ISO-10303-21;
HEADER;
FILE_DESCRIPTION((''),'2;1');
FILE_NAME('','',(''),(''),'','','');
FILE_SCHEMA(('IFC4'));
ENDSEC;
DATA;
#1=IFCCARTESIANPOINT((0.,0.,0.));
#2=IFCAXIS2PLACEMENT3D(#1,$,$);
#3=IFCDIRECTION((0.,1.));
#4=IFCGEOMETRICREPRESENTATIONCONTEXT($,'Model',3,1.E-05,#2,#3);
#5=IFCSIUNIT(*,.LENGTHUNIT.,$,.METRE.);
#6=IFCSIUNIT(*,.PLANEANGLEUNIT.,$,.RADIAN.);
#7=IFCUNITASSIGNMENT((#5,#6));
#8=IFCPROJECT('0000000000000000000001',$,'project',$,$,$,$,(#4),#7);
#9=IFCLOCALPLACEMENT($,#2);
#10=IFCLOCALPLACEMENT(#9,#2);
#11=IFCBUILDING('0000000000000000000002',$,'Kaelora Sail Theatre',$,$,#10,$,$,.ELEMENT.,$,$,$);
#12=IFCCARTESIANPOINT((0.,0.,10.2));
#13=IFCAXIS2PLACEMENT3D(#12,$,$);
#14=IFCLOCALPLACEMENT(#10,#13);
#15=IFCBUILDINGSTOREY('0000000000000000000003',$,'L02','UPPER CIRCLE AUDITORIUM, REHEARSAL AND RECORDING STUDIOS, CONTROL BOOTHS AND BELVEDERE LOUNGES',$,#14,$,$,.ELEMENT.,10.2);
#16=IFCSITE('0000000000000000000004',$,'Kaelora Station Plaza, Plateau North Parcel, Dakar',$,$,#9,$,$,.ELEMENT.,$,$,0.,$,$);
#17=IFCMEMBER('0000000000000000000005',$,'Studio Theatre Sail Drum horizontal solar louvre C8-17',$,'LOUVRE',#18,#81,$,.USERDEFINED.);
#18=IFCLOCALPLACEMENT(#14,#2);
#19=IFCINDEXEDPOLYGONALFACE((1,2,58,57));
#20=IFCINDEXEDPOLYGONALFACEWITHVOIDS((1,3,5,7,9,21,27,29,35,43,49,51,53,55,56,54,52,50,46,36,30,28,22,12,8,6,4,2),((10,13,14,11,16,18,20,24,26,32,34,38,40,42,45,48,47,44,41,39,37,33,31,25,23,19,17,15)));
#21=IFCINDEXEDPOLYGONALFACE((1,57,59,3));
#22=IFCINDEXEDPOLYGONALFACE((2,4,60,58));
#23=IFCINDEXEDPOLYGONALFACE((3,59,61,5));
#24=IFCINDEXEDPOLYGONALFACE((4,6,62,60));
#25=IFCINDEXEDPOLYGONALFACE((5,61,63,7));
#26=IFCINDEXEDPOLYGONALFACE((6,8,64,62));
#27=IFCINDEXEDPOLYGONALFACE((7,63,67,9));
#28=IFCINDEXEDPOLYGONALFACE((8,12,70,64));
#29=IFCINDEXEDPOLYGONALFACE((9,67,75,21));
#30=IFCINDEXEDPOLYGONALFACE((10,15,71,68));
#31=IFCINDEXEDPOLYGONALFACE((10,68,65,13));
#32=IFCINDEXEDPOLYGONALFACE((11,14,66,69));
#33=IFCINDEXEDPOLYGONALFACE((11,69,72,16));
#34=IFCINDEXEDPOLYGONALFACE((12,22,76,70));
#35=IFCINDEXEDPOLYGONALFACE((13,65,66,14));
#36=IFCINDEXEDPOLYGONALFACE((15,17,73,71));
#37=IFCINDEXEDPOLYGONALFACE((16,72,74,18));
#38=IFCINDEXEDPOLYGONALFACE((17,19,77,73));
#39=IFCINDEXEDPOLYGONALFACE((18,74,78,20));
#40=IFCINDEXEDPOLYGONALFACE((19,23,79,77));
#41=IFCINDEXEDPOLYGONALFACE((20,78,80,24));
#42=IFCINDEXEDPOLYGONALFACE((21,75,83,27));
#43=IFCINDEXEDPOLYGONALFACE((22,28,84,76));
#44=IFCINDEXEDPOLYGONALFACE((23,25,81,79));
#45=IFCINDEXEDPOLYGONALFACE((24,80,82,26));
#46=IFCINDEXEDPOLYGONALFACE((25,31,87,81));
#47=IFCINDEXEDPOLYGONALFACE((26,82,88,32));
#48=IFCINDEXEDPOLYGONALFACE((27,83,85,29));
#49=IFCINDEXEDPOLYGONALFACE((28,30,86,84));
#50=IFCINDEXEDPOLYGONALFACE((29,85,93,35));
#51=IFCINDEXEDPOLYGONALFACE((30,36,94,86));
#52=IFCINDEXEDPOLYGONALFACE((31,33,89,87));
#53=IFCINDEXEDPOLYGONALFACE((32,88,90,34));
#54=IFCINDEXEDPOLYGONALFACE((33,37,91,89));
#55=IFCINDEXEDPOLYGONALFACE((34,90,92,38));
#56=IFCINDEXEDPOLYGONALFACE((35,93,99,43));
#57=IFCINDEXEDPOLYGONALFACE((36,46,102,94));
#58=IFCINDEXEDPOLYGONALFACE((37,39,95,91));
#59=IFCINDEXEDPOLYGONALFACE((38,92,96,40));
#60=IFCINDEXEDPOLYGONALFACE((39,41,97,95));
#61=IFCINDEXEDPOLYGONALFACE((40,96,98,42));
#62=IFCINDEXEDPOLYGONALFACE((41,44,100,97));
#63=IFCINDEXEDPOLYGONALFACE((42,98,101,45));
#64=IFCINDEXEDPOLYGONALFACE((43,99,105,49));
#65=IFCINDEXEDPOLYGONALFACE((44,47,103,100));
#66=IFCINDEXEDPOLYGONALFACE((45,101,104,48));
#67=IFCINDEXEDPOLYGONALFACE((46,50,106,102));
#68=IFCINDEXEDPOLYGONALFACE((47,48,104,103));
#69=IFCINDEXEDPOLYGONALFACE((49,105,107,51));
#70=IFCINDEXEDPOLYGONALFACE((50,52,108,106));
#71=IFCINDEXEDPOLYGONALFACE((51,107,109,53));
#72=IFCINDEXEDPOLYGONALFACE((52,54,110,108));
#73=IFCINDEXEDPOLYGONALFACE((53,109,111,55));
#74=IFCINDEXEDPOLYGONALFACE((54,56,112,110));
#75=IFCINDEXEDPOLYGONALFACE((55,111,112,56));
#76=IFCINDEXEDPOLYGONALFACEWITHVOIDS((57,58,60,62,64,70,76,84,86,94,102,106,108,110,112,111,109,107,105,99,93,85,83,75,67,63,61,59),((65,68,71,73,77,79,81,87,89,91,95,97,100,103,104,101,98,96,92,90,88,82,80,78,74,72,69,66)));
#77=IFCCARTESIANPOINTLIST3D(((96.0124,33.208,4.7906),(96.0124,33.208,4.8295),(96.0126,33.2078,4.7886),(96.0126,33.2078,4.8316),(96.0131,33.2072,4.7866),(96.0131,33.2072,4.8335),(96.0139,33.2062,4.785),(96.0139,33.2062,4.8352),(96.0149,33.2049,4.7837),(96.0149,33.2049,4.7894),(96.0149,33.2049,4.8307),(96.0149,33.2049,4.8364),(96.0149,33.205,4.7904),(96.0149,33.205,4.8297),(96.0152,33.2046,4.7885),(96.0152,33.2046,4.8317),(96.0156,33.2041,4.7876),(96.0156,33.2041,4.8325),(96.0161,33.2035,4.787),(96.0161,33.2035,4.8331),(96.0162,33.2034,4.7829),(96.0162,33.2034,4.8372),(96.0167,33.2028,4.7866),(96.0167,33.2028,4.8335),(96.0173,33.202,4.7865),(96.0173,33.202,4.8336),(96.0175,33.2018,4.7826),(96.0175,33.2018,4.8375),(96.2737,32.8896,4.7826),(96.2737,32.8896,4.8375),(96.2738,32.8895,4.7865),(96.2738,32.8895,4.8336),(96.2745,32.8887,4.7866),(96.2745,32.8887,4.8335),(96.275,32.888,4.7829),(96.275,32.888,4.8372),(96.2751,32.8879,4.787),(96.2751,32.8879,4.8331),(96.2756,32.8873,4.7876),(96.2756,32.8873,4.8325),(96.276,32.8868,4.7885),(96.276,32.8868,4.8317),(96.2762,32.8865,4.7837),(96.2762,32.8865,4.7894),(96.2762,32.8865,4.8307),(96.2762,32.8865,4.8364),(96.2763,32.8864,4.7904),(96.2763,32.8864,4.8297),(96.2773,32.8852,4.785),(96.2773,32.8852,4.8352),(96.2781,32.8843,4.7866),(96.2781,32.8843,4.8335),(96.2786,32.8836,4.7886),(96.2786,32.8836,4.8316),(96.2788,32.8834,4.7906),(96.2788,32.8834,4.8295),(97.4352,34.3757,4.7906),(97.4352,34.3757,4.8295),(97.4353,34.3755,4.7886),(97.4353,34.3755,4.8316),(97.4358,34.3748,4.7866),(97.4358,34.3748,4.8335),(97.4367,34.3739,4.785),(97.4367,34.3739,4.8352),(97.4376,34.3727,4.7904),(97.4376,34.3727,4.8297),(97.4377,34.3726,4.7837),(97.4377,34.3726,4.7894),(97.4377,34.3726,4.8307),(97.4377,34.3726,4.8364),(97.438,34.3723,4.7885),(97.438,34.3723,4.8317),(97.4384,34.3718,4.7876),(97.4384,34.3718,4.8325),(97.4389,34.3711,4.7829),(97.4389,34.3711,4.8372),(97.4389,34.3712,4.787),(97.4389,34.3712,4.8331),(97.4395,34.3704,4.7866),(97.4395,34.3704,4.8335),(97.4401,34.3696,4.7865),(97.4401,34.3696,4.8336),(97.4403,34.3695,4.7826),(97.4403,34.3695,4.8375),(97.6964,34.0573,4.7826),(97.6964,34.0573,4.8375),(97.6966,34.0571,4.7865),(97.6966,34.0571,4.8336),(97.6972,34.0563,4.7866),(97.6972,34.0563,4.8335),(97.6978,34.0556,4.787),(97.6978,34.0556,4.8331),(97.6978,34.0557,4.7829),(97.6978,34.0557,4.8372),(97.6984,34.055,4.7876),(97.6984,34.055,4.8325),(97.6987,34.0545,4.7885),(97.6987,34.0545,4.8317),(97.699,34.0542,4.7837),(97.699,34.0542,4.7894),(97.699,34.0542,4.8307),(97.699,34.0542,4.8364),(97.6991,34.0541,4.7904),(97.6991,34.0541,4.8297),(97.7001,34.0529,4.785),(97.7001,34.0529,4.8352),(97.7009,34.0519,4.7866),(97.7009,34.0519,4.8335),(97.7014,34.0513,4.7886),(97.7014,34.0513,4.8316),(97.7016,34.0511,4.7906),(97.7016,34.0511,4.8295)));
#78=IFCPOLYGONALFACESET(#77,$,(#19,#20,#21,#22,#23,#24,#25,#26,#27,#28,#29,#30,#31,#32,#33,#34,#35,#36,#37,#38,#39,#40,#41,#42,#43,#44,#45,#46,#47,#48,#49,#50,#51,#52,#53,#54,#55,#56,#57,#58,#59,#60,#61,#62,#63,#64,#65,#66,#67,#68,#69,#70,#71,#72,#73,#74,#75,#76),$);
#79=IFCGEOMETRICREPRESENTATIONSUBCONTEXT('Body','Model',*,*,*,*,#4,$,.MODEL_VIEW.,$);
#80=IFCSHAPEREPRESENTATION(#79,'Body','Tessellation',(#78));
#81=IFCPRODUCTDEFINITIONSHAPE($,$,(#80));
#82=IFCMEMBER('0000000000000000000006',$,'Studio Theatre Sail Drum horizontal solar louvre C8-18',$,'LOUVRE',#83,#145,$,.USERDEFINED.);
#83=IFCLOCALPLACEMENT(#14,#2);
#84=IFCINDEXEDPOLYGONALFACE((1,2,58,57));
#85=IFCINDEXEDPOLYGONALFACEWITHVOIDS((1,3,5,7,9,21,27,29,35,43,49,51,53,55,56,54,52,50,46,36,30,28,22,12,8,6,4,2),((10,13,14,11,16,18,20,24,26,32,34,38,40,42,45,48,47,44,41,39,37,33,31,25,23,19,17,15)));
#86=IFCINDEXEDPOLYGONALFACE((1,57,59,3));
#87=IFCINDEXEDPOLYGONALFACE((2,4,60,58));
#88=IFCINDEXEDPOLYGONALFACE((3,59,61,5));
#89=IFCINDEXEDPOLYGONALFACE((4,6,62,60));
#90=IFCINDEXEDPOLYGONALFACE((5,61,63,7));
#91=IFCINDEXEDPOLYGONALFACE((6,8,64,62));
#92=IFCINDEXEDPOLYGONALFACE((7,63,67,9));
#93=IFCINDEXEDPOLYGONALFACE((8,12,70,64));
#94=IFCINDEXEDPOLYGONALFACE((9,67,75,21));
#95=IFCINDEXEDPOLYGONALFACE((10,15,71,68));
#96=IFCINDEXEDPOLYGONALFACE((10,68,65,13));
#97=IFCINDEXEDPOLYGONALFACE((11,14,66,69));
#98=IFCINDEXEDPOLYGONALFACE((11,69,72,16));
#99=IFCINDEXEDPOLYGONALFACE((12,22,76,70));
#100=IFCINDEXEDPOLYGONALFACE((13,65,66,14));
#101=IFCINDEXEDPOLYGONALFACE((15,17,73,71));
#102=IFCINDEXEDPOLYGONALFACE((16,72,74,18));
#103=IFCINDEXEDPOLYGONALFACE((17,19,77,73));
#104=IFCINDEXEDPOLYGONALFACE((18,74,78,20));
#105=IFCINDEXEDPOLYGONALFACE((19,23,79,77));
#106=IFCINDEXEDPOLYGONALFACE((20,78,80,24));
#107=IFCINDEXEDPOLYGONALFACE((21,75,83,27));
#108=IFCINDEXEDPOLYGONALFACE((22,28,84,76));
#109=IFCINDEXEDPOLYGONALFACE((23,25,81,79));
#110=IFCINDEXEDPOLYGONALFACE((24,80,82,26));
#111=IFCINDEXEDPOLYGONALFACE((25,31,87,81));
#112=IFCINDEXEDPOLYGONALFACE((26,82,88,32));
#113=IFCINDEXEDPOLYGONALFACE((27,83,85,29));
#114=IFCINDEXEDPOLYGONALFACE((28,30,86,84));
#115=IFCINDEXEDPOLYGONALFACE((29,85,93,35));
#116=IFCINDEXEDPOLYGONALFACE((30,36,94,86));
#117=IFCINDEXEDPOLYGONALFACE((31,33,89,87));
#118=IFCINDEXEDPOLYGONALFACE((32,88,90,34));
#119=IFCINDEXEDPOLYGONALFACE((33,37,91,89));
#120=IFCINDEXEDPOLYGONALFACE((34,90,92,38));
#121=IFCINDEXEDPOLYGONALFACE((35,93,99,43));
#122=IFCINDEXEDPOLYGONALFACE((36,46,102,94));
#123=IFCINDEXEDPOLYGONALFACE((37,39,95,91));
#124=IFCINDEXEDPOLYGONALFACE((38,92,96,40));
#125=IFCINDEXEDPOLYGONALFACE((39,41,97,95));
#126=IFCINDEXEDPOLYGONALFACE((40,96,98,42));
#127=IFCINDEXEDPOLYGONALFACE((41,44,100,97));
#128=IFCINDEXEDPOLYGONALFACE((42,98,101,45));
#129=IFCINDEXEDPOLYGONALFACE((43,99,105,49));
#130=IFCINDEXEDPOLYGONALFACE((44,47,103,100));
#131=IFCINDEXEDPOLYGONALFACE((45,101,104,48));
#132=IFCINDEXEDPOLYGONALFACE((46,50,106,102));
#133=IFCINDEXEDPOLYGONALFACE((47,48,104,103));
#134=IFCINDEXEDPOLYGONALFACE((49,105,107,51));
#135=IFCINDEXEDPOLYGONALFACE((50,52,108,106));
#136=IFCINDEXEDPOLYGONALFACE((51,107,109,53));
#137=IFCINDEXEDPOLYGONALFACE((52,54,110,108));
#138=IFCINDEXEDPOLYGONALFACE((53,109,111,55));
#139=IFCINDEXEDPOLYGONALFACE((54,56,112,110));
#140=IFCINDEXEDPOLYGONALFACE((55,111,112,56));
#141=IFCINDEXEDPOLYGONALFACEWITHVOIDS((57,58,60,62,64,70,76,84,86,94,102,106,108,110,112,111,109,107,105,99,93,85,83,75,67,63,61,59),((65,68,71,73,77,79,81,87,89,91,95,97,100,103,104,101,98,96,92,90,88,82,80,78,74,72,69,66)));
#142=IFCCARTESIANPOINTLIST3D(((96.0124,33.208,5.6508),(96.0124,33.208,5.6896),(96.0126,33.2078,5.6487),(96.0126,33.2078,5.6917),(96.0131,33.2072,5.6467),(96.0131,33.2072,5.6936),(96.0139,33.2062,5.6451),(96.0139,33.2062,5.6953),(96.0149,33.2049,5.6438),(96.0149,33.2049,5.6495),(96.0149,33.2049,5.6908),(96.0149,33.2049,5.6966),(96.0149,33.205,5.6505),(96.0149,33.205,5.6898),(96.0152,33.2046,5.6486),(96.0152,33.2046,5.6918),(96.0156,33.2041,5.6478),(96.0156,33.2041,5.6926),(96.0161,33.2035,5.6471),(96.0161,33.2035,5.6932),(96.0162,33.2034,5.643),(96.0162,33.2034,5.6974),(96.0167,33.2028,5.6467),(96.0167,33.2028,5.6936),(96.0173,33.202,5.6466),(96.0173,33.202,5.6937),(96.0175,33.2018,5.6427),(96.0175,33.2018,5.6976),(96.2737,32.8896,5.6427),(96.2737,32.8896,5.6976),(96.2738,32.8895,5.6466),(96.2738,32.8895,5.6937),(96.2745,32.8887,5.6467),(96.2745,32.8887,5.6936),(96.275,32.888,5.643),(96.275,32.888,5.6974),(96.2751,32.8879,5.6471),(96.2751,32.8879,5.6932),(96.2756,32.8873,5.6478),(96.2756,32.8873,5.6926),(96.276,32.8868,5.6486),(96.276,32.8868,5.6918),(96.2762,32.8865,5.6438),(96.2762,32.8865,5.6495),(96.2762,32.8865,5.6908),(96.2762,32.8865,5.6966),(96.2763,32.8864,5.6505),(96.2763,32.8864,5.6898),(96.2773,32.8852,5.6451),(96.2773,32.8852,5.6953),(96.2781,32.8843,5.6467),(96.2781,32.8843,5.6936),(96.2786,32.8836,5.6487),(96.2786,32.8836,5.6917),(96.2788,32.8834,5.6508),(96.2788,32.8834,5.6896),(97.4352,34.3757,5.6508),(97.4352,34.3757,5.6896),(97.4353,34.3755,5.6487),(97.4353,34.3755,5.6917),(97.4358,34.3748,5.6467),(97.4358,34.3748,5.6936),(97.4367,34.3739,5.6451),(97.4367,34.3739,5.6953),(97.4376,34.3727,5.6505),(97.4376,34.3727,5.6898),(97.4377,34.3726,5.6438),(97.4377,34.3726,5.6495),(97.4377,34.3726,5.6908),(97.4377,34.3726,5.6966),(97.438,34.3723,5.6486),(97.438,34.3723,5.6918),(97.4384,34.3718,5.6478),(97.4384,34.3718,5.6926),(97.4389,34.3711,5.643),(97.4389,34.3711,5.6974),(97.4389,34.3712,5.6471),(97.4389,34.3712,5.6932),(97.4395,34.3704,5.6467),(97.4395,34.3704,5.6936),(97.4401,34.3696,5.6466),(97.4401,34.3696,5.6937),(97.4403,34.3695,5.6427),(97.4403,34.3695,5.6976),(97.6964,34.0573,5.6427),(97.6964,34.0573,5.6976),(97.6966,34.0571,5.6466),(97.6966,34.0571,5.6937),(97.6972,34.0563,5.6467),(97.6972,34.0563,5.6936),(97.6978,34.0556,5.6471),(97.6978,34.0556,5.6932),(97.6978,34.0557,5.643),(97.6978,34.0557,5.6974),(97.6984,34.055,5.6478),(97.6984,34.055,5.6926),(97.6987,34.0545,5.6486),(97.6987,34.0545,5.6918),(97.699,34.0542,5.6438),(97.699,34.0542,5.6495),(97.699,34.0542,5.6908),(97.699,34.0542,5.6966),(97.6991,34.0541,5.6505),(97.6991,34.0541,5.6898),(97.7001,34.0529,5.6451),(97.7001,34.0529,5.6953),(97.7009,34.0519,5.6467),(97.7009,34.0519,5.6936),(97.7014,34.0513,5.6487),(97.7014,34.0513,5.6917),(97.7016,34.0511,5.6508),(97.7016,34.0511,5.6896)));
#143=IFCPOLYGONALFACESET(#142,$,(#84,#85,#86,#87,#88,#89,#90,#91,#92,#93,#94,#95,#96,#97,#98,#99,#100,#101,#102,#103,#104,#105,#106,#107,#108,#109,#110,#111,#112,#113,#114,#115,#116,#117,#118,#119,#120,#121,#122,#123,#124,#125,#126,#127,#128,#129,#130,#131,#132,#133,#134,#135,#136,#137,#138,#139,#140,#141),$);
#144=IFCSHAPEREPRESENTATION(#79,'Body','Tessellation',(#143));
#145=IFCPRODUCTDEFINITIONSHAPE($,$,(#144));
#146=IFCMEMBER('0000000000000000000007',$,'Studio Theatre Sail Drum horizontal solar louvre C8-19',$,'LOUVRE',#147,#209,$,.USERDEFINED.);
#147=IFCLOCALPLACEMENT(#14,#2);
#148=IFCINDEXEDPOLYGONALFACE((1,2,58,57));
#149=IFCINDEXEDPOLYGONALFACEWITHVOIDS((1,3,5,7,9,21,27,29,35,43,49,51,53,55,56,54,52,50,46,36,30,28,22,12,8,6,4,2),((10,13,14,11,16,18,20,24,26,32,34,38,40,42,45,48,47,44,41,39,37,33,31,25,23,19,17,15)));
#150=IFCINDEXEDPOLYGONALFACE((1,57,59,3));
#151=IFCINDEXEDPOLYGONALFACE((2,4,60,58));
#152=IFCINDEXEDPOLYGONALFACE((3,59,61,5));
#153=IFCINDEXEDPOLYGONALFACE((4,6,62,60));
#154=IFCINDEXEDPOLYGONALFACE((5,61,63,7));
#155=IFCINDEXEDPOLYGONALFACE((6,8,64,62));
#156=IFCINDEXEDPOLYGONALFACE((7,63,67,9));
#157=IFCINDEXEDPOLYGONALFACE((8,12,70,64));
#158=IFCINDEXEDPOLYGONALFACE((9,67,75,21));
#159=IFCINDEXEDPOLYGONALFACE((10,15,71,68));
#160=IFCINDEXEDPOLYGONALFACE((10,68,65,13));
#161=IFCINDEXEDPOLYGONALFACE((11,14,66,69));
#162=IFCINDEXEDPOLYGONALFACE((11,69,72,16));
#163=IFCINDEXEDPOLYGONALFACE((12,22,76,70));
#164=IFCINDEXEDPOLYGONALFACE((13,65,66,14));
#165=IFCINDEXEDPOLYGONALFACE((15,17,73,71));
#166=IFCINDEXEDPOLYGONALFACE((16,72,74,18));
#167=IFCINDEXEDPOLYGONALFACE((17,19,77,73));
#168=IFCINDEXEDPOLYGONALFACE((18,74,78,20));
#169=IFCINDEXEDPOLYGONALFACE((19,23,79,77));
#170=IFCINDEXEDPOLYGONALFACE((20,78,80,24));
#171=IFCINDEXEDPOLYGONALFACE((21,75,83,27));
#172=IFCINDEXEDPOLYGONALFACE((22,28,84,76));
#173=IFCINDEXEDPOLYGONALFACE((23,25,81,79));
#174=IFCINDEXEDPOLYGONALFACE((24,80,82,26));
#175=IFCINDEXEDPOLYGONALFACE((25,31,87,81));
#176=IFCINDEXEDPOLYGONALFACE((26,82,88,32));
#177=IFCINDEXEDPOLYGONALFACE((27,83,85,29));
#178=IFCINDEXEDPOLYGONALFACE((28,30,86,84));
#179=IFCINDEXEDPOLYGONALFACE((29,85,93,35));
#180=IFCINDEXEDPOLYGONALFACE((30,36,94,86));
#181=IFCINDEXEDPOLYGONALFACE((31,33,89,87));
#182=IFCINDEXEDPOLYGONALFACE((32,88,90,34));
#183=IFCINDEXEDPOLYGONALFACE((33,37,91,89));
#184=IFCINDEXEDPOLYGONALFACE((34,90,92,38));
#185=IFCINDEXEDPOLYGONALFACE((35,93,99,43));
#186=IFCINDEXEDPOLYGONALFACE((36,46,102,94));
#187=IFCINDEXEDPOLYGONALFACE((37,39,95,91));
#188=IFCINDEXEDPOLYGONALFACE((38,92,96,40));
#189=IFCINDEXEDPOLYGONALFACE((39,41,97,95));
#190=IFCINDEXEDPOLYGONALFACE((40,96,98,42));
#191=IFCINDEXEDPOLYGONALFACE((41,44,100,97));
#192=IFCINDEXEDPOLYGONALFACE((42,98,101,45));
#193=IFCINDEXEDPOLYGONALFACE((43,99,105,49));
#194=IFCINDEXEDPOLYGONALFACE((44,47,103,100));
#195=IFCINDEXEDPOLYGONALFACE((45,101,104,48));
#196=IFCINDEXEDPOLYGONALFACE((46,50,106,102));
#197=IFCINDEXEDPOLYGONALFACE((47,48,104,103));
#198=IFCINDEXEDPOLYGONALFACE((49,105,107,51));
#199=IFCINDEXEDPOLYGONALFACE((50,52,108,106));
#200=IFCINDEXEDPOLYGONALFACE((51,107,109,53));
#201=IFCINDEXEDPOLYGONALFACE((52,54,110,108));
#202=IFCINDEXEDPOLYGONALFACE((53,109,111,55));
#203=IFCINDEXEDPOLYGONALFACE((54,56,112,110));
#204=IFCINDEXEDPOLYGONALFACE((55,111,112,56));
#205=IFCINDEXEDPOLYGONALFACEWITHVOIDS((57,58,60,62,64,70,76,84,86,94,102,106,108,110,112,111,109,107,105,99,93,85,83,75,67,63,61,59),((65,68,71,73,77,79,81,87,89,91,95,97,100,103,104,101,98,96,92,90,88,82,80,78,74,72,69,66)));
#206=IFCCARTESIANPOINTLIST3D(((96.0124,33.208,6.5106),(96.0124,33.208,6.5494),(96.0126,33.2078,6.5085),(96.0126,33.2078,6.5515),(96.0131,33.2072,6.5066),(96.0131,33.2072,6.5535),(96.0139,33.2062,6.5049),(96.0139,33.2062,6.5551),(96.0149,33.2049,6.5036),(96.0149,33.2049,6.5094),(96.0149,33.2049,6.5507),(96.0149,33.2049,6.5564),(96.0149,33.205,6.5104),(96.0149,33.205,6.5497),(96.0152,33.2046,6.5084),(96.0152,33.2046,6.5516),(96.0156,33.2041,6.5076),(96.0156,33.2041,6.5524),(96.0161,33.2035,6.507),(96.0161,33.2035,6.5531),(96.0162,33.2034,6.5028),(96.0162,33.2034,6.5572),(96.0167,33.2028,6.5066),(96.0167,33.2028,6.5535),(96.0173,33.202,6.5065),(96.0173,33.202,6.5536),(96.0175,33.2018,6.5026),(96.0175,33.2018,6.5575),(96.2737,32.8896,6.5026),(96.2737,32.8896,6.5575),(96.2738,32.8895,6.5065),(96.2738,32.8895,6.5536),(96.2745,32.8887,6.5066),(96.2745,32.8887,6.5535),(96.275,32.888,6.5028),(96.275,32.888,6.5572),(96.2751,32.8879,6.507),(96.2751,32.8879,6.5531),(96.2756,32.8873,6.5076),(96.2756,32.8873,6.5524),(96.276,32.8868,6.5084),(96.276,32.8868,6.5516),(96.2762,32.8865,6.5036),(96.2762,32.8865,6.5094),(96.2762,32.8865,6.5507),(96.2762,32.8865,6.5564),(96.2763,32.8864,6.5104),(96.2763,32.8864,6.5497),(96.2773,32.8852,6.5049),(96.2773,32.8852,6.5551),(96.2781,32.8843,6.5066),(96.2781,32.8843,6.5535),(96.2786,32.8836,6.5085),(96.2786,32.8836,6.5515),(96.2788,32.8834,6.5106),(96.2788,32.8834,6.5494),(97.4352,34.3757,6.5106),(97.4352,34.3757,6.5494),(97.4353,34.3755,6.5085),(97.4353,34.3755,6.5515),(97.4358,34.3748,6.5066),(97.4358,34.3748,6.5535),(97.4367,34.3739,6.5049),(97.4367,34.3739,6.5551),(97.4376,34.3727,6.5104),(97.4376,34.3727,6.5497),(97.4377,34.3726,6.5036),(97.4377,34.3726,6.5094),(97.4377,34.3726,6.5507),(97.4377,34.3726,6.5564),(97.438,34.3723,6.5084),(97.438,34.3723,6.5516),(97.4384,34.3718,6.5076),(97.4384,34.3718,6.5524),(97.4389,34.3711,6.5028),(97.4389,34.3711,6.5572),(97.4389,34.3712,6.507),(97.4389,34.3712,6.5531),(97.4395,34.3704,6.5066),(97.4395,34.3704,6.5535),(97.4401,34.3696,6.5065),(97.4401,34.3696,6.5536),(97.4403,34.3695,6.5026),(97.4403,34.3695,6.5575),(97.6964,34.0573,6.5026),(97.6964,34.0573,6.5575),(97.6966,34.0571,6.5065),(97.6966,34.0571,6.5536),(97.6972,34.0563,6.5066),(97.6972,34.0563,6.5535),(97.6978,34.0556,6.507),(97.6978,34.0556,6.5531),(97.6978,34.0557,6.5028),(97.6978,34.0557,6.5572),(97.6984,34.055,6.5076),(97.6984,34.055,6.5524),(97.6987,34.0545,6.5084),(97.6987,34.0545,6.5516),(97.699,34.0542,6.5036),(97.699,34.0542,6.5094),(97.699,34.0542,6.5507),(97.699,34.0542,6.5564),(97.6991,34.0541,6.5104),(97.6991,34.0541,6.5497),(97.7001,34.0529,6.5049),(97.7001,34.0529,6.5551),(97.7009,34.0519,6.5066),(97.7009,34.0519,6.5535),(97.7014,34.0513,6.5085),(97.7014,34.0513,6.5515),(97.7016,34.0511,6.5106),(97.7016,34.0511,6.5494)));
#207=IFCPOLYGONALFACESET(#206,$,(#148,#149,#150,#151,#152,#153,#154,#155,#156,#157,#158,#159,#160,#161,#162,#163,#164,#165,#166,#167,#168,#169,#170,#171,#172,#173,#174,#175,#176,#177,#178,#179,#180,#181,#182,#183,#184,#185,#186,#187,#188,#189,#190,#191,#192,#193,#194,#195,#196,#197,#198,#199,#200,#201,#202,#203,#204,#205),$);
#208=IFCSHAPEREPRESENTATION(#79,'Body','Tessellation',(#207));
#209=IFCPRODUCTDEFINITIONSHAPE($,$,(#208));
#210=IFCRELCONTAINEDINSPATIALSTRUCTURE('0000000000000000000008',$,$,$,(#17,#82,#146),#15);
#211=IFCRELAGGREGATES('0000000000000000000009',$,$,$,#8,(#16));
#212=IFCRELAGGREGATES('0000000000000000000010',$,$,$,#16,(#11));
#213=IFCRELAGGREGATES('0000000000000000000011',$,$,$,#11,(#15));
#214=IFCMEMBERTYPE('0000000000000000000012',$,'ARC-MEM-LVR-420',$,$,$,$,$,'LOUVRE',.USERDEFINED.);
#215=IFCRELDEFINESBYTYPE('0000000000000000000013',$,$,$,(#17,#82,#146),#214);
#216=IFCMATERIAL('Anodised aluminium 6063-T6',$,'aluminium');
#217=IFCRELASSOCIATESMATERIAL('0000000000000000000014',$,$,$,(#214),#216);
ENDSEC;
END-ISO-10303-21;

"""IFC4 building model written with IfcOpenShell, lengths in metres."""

from ifc_helpers import new_model, si_unit, direction, frame, origin, origin_2d, place, context, subcontext, project, spatial, hollow_rectangle, extrude, material, material_profile, profile_set, type_object, element, save


model = new_model("IFC4")

# Units and contexts
model_context = context("Model", 3, precision=1e-05, world=origin(), true_north=direction((0.0, 1.0)))
body_context = subcontext(model_context, "Body", "Model", "MODEL_VIEW")
ifc_project = project(units=[si_unit("LENGTHUNIT", "METRE"), si_unit("PLANEANGLEUNIT", "RADIAN")], contexts=[model_context])

# Site, building, storey
site_placement = place(None, origin())
site = spatial("IfcSite", under=ifc_project, at=site_placement, Name="Kaelora Station Plaza, Plateau North Parcel, Dakar", CompositionType="ELEMENT", RefElevation=0.0)
building_placement = place(site_placement, origin())
building = spatial("IfcBuilding", under=site, at=building_placement, Name="Kaelora Sail Theatre", CompositionType="ELEMENT")
storey_placement = place(building_placement, frame((0.0, 0.0, 10.2)))
storey = spatial("IfcBuildingStorey", under=building, at=storey_placement, Name="L02", Description="UPPER CIRCLE AUDITORIUM, REHEARSAL AND RECORDING STUDIOS, CONTROL BOOTHS AND BELVEDERE LOUNGES", CompositionType="ELEMENT", Elevation=10.2)

# Members
ifc_material_1 = material(Name="Anodised aluminium 6063-T6", Category="aluminium")
ifc_material_profile_1 = material_profile(ifc_material_1, hollow_rectangle(XDim=0.4199, YDim=0.0549, WallThickness=0.0039, InnerFilletRadius=0.0039, OuterFilletRadius=0.0081, at=origin_2d()), Name="LOUVRE 420x55x4")
ifc_profile_set_1 = profile_set([ifc_material_profile_1], Name="Anodised aluminium 6063-T6")
member_type = type_object("IfcMemberType", Name="ARC-MEM-LVR-420", ElementType="LOUVRE", PredefinedType="USERDEFINED", material=ifc_profile_set_1)
for number, where, z_axis, x_axis, name in (
    (1, (97.5684, 34.2134, 4.8101), (-0.773005, -0.6344, 0.0), (0.6344, -0.773005, 0.0), "Studio Theatre Sail Drum horizontal solar louvre C8-17"),
    (2, (97.5684, 34.2134, 5.6702), (-0.773005, -0.6344, 0.0), (0.6344, -0.773005, 0.0), "Studio Theatre Sail Drum horizontal solar louvre C8-18"),
    (3, (97.5684, 34.2134, 6.53), (-0.773005, -0.6344, 0.0), (0.6344, -0.773005, 0.0), "Studio Theatre Sail Drum horizontal solar louvre C8-19"),
):
    element("IfcMember", number, at=place(storey_placement, frame(where, z_axis=z_axis, x_axis=x_axis)), inside=storey, type_object=member_type, Name=name, ObjectType="LOUVRE", PredefinedType="USERDEFINED", context=body_context, shape_type="SweptSolid", body=[
        extrude(hollow_rectangle(XDim=0.4199, YDim=0.0549, WallThickness=0.0039, InnerFilletRadius=0.0039, OuterFilletRadius=0.0081, at=origin_2d()), origin(), (0.0, 0.0, 1.0), 1.8406),
    ])

save(model, "model.ifc")
